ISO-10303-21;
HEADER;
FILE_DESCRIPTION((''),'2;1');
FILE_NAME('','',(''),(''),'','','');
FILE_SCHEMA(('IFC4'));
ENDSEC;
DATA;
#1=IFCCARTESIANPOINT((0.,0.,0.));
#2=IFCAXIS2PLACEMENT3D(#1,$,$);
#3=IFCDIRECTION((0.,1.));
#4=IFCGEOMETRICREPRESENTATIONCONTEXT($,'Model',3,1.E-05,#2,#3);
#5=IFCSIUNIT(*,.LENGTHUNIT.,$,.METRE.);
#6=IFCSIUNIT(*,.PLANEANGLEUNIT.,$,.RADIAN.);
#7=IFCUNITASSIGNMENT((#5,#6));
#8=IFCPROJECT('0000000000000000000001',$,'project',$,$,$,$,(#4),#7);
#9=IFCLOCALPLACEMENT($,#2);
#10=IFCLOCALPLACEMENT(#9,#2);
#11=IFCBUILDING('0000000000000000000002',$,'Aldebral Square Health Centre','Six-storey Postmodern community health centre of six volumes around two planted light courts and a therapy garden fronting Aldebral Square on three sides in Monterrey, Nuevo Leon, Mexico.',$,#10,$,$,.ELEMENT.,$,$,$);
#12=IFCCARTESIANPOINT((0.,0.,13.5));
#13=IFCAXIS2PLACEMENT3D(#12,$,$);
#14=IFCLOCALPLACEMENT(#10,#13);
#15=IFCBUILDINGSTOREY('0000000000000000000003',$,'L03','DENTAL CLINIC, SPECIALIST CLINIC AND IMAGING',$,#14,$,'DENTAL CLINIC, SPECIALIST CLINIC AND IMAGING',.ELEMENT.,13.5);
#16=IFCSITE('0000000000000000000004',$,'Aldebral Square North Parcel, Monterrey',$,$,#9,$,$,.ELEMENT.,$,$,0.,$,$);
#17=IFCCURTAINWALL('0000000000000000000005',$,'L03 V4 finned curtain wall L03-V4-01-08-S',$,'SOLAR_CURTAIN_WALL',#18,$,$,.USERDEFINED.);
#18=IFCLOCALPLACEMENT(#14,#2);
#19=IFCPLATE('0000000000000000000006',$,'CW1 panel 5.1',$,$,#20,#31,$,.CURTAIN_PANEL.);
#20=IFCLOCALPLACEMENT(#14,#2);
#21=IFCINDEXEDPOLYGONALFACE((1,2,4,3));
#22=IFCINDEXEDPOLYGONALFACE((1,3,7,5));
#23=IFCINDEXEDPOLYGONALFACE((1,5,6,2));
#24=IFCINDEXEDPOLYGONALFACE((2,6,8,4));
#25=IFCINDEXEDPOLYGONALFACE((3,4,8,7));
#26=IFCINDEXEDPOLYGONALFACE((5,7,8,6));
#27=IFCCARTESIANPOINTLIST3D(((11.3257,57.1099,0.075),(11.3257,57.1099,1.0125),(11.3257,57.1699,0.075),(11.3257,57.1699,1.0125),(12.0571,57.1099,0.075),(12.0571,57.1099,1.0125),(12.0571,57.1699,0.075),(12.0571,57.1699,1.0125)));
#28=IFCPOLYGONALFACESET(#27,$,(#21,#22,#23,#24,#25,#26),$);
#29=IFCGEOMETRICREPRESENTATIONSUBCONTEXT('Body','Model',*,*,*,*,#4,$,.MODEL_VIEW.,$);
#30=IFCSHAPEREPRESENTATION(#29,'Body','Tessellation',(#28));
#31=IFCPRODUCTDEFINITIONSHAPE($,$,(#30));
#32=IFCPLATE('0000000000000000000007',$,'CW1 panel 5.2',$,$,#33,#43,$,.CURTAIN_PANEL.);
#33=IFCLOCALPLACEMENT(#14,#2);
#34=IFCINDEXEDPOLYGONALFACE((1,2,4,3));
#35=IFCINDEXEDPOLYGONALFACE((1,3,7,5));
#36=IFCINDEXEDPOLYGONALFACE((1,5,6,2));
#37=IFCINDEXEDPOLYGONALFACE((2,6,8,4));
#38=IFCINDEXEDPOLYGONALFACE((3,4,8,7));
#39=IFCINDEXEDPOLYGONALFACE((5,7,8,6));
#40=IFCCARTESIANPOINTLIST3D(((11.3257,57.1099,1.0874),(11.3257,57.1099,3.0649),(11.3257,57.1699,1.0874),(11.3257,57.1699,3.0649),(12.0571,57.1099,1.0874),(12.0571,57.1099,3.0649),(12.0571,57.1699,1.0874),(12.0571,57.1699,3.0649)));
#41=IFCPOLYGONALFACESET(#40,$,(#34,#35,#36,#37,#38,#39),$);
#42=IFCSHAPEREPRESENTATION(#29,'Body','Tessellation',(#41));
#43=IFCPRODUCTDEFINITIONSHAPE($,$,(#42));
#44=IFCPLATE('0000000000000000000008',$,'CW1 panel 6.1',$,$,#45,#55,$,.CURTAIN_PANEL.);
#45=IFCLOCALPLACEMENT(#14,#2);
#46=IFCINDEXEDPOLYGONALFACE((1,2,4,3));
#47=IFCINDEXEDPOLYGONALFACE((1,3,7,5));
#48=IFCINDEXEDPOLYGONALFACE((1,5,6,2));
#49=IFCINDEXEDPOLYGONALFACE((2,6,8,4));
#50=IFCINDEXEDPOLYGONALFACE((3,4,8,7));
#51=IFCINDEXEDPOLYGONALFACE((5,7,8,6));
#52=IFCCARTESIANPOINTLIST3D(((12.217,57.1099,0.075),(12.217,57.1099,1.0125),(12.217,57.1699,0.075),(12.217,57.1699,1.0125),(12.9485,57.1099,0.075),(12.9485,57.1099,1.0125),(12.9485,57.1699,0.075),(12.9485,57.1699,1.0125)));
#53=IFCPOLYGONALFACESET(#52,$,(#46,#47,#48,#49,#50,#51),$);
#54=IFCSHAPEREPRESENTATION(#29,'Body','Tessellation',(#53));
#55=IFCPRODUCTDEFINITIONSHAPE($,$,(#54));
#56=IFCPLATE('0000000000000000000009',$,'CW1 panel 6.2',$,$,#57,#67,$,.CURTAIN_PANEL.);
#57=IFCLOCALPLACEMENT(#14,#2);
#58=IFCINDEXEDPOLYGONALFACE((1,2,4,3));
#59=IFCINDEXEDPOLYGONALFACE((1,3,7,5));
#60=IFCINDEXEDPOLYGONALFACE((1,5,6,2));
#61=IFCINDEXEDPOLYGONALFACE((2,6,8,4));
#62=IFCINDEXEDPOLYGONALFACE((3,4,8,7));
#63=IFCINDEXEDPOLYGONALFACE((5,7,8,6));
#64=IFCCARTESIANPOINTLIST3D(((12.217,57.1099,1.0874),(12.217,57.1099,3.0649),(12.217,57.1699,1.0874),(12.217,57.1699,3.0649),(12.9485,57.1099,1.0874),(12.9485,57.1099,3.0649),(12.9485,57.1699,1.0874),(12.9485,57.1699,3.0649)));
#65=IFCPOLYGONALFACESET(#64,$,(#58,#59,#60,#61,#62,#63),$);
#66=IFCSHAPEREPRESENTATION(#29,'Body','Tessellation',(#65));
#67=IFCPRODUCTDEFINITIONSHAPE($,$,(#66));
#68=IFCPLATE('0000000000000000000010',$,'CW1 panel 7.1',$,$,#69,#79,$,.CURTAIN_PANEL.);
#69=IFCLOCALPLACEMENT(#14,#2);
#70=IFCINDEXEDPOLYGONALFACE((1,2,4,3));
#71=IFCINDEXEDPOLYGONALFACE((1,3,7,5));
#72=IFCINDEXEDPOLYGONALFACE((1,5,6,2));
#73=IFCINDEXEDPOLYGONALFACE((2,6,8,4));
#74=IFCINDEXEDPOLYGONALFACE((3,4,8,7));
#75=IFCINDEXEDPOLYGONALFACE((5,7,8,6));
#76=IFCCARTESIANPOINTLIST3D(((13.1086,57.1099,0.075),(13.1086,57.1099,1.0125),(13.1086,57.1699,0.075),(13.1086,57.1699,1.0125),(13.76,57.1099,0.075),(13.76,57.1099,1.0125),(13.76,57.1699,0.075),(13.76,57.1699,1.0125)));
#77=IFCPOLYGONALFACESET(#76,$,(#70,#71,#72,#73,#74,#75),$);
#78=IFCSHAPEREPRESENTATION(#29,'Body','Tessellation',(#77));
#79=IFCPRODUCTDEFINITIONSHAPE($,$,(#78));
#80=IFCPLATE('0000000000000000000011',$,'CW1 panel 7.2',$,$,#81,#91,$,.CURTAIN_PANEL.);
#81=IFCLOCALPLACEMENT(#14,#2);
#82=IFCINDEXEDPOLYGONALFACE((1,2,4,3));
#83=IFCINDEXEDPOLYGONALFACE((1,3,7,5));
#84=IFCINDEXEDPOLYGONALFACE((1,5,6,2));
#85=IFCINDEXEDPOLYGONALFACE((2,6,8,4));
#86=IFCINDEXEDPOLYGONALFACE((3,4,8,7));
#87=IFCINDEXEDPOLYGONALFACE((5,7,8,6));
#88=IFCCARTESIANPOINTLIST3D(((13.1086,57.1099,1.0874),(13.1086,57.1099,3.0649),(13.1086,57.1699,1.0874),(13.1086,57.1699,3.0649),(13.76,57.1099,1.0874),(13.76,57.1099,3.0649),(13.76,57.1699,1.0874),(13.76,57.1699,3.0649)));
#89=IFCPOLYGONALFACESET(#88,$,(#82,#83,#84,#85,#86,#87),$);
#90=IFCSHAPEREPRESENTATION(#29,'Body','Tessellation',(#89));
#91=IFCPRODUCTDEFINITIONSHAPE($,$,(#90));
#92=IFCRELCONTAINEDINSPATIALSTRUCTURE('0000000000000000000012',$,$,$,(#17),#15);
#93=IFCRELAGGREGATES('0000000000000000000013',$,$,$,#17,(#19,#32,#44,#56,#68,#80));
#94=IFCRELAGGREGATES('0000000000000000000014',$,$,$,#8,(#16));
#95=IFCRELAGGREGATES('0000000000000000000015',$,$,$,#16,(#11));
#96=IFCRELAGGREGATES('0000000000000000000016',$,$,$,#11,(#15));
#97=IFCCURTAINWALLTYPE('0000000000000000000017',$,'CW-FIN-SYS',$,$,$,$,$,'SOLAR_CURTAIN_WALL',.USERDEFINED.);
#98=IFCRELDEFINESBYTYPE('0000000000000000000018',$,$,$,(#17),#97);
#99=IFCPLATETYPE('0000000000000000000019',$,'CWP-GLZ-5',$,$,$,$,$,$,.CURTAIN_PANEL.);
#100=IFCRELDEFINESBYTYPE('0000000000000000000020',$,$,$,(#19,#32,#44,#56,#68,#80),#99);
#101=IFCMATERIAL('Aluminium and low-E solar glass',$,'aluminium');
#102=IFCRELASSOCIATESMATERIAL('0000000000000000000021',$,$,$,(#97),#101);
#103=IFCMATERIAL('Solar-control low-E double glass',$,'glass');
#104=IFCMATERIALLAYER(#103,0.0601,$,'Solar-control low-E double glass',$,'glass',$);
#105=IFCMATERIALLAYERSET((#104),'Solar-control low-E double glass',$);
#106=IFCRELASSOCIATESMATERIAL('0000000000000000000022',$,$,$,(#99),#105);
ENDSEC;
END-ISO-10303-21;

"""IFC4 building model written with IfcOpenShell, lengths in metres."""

from ifc_helpers import new_model, si_unit, direction, frame, origin, origin_2d, place, context, subcontext, project, spatial, rectangle, extrude, material, layer, layer_set, type_object, element, aggregate, save


model = new_model("IFC4")

# Units and contexts
model_context = context("Model", 3, precision=1e-05, world=origin(), true_north=direction((0.0, 1.0)))
body_context = subcontext(model_context, "Body", "Model", "MODEL_VIEW")
ifc_project = project(units=[si_unit("LENGTHUNIT", "METRE"), si_unit("PLANEANGLEUNIT", "RADIAN")], contexts=[model_context])

# Site, building, storey
site_placement = place(None, origin())
site = spatial("IfcSite", under=ifc_project, at=site_placement, Name="Aldebral Square North Parcel, Monterrey", CompositionType="ELEMENT", RefElevation=0.0)
building_placement = place(site_placement, origin())
building = spatial("IfcBuilding", under=site, at=building_placement, Name="Aldebral Square Health Centre", Description="Six-storey Postmodern community health centre of six volumes around two planted light courts and a therapy garden fronting Aldebral Square on three sides in Monterrey, Nuevo Leon, Mexico.", CompositionType="ELEMENT")
storey_placement = place(building_placement, frame((0.0, 0.0, 13.5)))
storey = spatial("IfcBuildingStorey", under=building, at=storey_placement, Name="L03", Description="DENTAL CLINIC, SPECIALIST CLINIC AND IMAGING", LongName="DENTAL CLINIC, SPECIALIST CLINIC AND IMAGING", CompositionType="ELEMENT", Elevation=13.5)

# Curtain wall
ifc_material_1 = material(Name="Aluminium and low-E solar glass", Category="aluminium")
curtain_wall_type = type_object("IfcCurtainWallType", Name="CW-FIN-SYS", ElementType="SOLAR_CURTAIN_WALL", PredefinedType="USERDEFINED", material=ifc_material_1)
curtain_wall_1_placement = place(storey_placement, origin())
curtain_wall_1 = element("IfcCurtainWall", 1, at=curtain_wall_1_placement, inside=storey, type_object=curtain_wall_type, Name="L03 V4 finned curtain wall L03-V4-01-08-S", ObjectType="SOLAR_CURTAIN_WALL", PredefinedType="USERDEFINED")

# Plates
ifc_material_2 = material(Name="Solar-control low-E double glass", Category="glass")
ifc_layer = layer(ifc_material_2, 0.0601, Name="Solar-control low-E double glass", Category="glass")
ifc_layer_set = layer_set([ifc_layer], Name="Solar-control low-E double glass")
plate_type = type_object("IfcPlateType", Name="CWP-GLZ-5", PredefinedType="CURTAIN_PANEL", material=ifc_layer_set)
plate_1_placement = place(storey_placement, frame((11.6914, 57.1399, 0.075), z_axis=(0.0, 0.0, 1.0), x_axis=(1.0, 0.0, 0.0)))
plate_1 = element("IfcPlate", 2, at=plate_1_placement, type_object=plate_type, Name="CW1 panel 5.1", PredefinedType="CURTAIN_PANEL", context=body_context, shape_type="SweptSolid", body=[
    extrude(rectangle(XDim=0.7314, YDim=0.0601, at=origin_2d()), origin(), (0.0, 0.0, 1.0), 0.9375),
])
plate_2_placement = place(storey_placement, frame((11.6914, 57.1399, 1.0874), z_axis=(0.0, 0.0, 1.0), x_axis=(1.0, 0.0, 0.0)))
plate_2 = element("IfcPlate", 3, at=plate_2_placement, type_object=plate_type, Name="CW1 panel 5.2", PredefinedType="CURTAIN_PANEL", context=body_context, shape_type="SweptSolid", body=[
    extrude(rectangle(XDim=0.7314, YDim=0.0601, at=origin_2d()), origin(), (0.0, 0.0, 1.0), 1.9775),
])
plate_3_placement = place(storey_placement, frame((12.5828, 57.1399, 0.075), z_axis=(0.0, 0.0, 1.0), x_axis=(1.0, 0.0, 0.0)))
plate_3 = element("IfcPlate", 4, at=plate_3_placement, type_object=plate_type, Name="CW1 panel 6.1", PredefinedType="CURTAIN_PANEL", context=body_context, shape_type="SweptSolid", body=[
    extrude(rectangle(XDim=0.7314, YDim=0.0601, at=origin_2d()), origin(), (0.0, 0.0, 1.0), 0.9375),
])
plate_4_placement = place(storey_placement, frame((12.5828, 57.1399, 1.0874), z_axis=(0.0, 0.0, 1.0), x_axis=(1.0, 0.0, 0.0)))
plate_4 = element("IfcPlate", 5, at=plate_4_placement, type_object=plate_type, Name="CW1 panel 6.2", PredefinedType="CURTAIN_PANEL", context=body_context, shape_type="SweptSolid", body=[
    extrude(rectangle(XDim=0.7314, YDim=0.0601, at=origin_2d()), origin(), (0.0, 0.0, 1.0), 1.9775),
])
plate_5_placement = place(storey_placement, frame((13.4343, 57.1399, 0.075), z_axis=(0.0, 0.0, 1.0), x_axis=(1.0, 0.0, 0.0)))
plate_5 = element("IfcPlate", 6, at=plate_5_placement, type_object=plate_type, Name="CW1 panel 7.1", PredefinedType="CURTAIN_PANEL", context=body_context, shape_type="SweptSolid", body=[
    extrude(rectangle(XDim=0.6514, YDim=0.0601, at=origin_2d()), origin(), (0.0, 0.0, 1.0), 0.9375),
])
plate_6_placement = place(storey_placement, frame((13.4343, 57.1399, 1.0874), z_axis=(0.0, 0.0, 1.0), x_axis=(1.0, 0.0, 0.0)))
plate_6 = element("IfcPlate", 7, at=plate_6_placement, type_object=plate_type, Name="CW1 panel 7.2", PredefinedType="CURTAIN_PANEL", context=body_context, shape_type="SweptSolid", body=[
    extrude(rectangle(XDim=0.6514, YDim=0.0601, at=origin_2d()), origin(), (0.0, 0.0, 1.0), 1.9775),
])
aggregate(curtain_wall_1, [plate_1, plate_2, plate_3, plate_4, plate_5, plate_6])

save(model, "model.ifc")
